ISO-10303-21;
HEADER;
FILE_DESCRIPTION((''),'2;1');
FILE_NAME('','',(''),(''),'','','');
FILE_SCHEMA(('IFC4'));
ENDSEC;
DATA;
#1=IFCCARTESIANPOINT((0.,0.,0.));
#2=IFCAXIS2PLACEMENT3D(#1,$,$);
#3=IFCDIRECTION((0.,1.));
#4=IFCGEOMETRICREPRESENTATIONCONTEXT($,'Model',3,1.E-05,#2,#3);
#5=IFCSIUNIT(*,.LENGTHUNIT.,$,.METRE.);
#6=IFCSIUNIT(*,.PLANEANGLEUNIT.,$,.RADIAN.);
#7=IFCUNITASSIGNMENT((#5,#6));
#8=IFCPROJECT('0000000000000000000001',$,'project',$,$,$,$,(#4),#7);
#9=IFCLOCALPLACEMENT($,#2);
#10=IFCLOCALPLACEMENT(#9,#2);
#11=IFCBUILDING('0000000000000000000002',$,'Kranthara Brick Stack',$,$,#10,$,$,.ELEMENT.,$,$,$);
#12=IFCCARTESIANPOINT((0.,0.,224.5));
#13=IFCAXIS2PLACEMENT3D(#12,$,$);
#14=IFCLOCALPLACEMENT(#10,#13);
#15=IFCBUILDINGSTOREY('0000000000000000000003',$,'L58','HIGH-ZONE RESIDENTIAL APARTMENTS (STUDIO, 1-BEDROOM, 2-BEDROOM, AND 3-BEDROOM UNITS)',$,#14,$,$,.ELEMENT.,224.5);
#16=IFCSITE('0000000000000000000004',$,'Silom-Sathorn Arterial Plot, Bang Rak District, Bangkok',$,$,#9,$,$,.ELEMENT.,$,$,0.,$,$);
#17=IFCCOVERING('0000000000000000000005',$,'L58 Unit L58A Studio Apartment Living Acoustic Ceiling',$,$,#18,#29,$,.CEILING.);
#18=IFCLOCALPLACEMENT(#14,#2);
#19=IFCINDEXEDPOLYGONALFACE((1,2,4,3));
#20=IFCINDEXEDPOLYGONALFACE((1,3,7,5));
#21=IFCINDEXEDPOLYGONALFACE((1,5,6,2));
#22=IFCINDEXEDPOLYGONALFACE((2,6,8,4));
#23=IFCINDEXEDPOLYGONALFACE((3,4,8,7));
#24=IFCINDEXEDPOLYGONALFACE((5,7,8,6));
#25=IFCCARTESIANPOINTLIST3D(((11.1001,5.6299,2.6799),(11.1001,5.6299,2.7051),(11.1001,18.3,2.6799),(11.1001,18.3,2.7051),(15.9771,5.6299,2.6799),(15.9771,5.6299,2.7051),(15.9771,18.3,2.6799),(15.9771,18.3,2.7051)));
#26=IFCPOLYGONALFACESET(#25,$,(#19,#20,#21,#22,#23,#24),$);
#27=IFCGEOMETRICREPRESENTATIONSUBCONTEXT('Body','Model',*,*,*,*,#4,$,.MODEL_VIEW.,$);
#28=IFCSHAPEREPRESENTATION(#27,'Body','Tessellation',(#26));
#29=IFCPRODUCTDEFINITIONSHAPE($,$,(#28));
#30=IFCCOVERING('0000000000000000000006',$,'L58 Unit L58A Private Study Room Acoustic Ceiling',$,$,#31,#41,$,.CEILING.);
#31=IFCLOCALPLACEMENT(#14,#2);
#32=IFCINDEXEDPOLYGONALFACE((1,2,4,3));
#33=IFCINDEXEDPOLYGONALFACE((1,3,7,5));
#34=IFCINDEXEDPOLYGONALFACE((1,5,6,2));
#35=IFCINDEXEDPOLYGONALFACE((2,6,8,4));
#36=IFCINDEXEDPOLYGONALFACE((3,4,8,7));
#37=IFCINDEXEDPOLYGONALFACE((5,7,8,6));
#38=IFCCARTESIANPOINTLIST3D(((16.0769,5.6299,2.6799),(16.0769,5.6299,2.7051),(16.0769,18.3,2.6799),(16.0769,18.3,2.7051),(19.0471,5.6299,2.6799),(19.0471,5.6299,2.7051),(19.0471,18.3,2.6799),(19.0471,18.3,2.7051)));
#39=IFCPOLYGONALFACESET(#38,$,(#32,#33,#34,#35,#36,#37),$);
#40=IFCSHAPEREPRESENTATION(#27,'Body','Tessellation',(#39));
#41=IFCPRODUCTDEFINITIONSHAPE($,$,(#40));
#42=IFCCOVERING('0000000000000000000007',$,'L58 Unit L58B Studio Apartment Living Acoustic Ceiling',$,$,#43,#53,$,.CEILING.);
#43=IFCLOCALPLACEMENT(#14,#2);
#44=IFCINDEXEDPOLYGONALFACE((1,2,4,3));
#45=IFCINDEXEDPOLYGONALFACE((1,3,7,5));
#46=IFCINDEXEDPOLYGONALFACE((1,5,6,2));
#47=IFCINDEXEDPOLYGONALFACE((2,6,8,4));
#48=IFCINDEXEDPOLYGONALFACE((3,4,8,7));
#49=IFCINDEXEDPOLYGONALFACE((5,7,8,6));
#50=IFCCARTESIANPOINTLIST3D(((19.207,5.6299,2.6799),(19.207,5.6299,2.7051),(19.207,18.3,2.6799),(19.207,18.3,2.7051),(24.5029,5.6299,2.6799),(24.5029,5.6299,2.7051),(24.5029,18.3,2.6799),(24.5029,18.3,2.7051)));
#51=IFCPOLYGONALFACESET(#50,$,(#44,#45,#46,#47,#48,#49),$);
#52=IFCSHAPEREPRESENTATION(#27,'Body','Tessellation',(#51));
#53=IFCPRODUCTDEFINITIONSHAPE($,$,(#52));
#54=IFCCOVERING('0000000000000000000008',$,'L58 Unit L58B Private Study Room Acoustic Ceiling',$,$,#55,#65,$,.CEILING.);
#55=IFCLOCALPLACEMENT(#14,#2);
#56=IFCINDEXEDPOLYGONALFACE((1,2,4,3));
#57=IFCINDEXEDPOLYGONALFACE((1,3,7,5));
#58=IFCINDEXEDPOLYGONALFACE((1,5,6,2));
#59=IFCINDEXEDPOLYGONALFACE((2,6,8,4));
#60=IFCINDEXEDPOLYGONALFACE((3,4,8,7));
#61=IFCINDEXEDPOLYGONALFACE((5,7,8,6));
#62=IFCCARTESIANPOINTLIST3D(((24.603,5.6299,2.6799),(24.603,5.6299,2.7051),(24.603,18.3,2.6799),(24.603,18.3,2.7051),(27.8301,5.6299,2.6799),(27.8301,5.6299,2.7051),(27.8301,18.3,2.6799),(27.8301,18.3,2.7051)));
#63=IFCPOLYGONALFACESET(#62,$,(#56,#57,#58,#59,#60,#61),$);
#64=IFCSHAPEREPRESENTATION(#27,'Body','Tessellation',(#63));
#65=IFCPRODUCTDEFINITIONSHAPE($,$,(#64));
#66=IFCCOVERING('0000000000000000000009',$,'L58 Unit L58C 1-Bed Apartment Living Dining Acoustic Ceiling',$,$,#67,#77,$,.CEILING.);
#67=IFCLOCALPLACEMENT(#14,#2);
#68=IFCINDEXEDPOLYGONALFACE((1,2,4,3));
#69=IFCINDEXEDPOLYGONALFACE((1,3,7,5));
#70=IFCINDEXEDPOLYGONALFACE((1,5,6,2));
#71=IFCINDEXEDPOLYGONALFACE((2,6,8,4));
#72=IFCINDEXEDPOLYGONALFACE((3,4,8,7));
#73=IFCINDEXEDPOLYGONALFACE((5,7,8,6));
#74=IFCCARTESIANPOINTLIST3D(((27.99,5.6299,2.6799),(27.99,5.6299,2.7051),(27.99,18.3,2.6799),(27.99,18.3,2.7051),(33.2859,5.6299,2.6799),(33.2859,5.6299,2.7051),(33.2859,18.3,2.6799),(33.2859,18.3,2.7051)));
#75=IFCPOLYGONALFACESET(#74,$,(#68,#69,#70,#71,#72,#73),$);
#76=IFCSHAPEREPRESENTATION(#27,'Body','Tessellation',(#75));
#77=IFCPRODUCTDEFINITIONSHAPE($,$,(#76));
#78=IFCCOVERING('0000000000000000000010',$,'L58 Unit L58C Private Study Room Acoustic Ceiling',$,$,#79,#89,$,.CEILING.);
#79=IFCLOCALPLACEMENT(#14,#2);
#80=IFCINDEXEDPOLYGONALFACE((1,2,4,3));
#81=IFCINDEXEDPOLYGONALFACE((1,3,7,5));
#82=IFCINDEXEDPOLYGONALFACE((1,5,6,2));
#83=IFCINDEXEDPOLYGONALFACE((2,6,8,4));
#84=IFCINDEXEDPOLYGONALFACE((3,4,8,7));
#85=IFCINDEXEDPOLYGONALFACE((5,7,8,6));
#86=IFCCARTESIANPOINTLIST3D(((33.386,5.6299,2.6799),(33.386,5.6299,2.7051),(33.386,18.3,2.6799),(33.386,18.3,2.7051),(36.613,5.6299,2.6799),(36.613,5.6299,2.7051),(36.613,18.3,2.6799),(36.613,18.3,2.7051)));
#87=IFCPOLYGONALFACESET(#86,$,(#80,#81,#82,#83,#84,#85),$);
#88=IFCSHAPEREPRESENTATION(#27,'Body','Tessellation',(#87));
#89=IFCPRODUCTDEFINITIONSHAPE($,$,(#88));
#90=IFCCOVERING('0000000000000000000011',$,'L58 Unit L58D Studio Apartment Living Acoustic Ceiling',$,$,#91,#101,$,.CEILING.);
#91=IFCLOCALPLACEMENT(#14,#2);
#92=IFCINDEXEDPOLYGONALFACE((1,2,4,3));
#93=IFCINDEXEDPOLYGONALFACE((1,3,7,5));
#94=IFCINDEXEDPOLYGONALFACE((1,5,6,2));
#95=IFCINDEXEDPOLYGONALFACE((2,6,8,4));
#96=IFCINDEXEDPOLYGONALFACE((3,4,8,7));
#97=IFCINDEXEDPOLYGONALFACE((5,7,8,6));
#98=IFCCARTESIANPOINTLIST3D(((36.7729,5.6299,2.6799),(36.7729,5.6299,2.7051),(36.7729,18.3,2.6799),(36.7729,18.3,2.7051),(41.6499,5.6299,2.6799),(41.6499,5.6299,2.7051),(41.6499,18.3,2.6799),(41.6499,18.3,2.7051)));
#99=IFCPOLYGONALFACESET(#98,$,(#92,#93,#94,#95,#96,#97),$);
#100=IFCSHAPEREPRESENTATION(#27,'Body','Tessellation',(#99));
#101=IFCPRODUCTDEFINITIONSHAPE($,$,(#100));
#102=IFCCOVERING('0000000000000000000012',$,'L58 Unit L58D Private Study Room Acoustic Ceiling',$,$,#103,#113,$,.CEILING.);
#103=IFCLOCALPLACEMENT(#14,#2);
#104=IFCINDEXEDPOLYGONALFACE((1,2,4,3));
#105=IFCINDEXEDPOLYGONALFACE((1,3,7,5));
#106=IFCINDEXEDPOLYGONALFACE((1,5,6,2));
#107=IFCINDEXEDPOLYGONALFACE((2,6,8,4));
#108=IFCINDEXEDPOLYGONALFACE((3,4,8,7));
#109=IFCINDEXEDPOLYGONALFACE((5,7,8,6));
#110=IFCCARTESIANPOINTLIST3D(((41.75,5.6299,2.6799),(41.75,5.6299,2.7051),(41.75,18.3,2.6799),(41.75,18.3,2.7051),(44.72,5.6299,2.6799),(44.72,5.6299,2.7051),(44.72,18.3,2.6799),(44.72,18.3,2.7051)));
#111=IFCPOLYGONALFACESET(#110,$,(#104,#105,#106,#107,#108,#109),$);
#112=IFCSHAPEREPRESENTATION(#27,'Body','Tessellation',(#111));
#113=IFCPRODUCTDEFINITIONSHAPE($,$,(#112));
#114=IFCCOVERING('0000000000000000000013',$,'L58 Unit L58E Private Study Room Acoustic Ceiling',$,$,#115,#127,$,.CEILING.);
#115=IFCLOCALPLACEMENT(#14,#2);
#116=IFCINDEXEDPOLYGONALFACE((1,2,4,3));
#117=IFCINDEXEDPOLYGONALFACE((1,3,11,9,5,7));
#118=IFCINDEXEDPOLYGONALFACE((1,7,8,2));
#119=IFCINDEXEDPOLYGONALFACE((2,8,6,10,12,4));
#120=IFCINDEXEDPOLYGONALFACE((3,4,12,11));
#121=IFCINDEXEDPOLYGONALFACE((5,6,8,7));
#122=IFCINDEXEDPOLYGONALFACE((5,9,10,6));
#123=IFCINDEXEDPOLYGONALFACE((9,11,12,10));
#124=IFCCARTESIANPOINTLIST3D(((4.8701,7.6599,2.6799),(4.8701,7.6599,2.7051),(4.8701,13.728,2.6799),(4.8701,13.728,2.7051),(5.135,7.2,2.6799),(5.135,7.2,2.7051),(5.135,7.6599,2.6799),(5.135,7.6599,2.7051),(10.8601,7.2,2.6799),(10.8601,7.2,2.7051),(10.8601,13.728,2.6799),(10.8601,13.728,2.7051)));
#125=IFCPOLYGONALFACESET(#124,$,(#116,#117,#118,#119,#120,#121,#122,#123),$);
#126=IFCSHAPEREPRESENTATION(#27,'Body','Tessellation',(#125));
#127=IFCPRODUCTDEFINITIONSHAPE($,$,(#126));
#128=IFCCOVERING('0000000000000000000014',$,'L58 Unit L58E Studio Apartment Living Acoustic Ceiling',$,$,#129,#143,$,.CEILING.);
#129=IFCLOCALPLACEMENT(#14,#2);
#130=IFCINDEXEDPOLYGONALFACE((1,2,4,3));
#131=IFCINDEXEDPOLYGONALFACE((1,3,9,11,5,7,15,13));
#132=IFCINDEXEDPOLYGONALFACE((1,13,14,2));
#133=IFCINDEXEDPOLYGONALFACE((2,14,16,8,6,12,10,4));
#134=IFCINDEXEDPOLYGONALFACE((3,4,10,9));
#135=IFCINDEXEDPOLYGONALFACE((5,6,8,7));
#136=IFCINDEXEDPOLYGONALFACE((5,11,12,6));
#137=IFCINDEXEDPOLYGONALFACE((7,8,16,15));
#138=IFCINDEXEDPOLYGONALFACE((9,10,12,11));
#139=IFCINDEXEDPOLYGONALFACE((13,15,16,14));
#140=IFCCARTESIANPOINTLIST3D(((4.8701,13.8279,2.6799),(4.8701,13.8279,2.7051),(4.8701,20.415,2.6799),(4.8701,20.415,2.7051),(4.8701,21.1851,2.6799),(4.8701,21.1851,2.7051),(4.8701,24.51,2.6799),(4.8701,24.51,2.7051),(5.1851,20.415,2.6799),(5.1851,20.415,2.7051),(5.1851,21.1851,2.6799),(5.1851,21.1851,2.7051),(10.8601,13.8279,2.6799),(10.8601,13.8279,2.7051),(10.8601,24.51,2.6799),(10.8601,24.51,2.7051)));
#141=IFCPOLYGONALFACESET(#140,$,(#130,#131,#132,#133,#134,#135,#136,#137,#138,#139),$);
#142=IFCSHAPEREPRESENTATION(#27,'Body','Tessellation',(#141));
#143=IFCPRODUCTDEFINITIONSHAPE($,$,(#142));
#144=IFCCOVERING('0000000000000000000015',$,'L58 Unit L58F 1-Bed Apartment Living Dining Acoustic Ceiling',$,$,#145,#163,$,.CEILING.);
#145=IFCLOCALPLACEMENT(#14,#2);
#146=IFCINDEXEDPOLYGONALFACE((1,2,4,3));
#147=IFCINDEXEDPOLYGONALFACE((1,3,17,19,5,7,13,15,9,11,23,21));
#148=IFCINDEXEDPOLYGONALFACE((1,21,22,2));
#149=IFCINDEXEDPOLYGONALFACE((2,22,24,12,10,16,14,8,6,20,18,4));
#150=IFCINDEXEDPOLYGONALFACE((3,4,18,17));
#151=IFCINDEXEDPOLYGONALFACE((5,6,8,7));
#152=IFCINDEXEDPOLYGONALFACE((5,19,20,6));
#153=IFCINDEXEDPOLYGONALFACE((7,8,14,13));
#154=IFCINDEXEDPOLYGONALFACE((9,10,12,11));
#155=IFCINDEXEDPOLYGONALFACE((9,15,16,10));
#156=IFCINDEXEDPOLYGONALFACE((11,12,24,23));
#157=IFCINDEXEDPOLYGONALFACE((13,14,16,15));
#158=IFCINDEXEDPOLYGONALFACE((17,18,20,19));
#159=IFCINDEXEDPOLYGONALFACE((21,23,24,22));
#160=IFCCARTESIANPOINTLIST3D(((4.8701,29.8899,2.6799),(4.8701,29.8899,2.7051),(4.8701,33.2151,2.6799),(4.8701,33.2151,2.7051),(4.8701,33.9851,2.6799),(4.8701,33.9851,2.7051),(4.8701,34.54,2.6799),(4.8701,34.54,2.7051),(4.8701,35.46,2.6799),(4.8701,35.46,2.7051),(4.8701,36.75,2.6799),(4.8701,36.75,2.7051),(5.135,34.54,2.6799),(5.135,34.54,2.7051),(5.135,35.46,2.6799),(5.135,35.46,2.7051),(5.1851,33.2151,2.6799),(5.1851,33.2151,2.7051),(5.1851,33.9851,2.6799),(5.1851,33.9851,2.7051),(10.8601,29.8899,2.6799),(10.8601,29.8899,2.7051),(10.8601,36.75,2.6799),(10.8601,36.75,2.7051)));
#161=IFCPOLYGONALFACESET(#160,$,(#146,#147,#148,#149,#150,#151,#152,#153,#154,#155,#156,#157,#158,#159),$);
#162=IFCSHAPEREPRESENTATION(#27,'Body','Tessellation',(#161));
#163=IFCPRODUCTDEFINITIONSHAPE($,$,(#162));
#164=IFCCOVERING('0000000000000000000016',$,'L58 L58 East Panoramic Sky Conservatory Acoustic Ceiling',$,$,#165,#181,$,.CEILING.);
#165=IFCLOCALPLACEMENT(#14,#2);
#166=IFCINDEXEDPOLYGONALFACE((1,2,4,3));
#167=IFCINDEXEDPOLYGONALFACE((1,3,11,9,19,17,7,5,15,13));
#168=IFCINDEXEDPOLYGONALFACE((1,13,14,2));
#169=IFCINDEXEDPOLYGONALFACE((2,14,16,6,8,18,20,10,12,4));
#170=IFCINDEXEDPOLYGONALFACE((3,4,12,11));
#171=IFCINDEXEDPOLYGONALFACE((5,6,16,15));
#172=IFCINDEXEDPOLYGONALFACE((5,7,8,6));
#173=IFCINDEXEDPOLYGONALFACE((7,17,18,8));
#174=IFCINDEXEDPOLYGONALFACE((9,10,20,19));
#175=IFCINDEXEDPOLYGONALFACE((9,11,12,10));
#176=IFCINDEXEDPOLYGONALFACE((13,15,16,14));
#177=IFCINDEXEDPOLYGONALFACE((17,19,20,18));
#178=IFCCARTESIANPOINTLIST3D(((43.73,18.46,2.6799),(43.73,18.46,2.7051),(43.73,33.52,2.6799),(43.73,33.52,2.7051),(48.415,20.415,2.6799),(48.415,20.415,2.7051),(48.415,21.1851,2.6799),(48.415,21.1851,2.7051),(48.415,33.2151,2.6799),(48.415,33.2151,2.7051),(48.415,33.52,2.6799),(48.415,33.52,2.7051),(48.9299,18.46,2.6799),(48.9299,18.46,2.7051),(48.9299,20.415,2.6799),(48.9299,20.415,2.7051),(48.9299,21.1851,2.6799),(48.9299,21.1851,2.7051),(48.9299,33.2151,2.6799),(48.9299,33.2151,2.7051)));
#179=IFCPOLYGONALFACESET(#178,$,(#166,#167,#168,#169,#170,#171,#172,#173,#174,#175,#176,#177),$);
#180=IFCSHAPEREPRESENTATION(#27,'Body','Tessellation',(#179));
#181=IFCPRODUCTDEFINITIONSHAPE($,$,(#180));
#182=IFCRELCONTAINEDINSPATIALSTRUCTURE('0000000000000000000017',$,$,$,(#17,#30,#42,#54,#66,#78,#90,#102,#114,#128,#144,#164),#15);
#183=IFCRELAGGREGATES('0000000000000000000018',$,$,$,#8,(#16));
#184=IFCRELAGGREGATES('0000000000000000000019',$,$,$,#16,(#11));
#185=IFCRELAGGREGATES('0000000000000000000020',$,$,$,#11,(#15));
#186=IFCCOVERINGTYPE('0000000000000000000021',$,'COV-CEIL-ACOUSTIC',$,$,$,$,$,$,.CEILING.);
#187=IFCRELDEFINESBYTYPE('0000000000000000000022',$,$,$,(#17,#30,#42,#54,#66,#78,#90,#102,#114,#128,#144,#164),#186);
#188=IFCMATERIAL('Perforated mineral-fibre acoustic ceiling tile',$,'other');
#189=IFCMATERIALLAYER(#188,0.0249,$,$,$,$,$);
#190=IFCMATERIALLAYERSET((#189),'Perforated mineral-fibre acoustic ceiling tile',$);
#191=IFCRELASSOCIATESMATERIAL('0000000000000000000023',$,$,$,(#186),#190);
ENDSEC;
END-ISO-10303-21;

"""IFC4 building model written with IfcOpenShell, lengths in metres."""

from ifc_helpers import new_model, si_unit, direction, frame, origin, place, context, subcontext, project, spatial, polyline, outline, extrude, material, layer, layer_set, type_object, element, save


model = new_model("IFC4")

# Units and contexts
model_context = context("Model", 3, precision=1e-05, world=origin(), true_north=direction((0.0, 1.0)))
body_context = subcontext(model_context, "Body", "Model", "MODEL_VIEW")
ifc_project = project(units=[si_unit("LENGTHUNIT", "METRE"), si_unit("PLANEANGLEUNIT", "RADIAN")], contexts=[model_context])

# Site, building, storey
site_placement = place(None, origin())
site = spatial("IfcSite", under=ifc_project, at=site_placement, Name="Silom-Sathorn Arterial Plot, Bang Rak District, Bangkok", CompositionType="ELEMENT", RefElevation=0.0)
building_placement = place(site_placement, origin())
building = spatial("IfcBuilding", under=site, at=building_placement, Name="Kranthara Brick Stack", CompositionType="ELEMENT")
storey_placement = place(building_placement, frame((0.0, 0.0, 224.5)))
storey = spatial("IfcBuildingStorey", under=building, at=storey_placement, Name="L58", Description="HIGH-ZONE RESIDENTIAL APARTMENTS (STUDIO, 1-BEDROOM, 2-BEDROOM, AND 3-BEDROOM UNITS)", CompositionType="ELEMENT", Elevation=224.5)

# Coverings
ifc_material_1 = material(Name="Perforated mineral-fibre acoustic ceiling tile", Category="other")
ifc_layer_1 = layer(ifc_material_1, 0.0249)
ifc_layer_set_1 = layer_set([ifc_layer_1], Name="Perforated mineral-fibre acoustic ceiling tile")
covering_type = type_object("IfcCoveringType", Name="COV-CEIL-ACOUSTIC", PredefinedType="CEILING", material=ifc_layer_set_1)
covering_1_placement = place(storey_placement, frame((0.0, 0.0, 2.6799)))
element("IfcCovering", 1, at=covering_1_placement, inside=storey, type_object=covering_type, Name="L58 Unit L58A Studio Apartment Living Acoustic Ceiling", PredefinedType="CEILING", context=body_context, shape_type="SweptSolid", body=[
    extrude(outline(polyline([(15.9771, 5.6299), (15.9771, 18.3), (11.1001, 18.3), (11.1001, 5.6299), (15.9771, 5.6299)])), origin(), (0.0, 0.0, 1.0), 0.0251),
])
covering_2_placement = place(storey_placement, frame((0.0, 0.0, 2.6799)))
element("IfcCovering", 2, at=covering_2_placement, inside=storey, type_object=covering_type, Name="L58 Unit L58A Private Study Room Acoustic Ceiling", PredefinedType="CEILING", context=body_context, shape_type="SweptSolid", body=[
    extrude(outline(polyline([(19.0471, 5.6299), (19.0471, 18.3), (16.0769, 18.3), (16.0769, 5.6299), (19.0471, 5.6299)])), origin(), (0.0, 0.0, 1.0), 0.0251),
])
covering_3_placement = place(storey_placement, frame((0.0, 0.0, 2.6799)))
element("IfcCovering", 3, at=covering_3_placement, inside=storey, type_object=covering_type, Name="L58 Unit L58B Studio Apartment Living Acoustic Ceiling", PredefinedType="CEILING", context=body_context, shape_type="SweptSolid", body=[
    extrude(outline(polyline([(24.5029, 5.6299), (24.5029, 18.3), (19.207, 18.3), (19.207, 5.6299), (24.5029, 5.6299)])), origin(), (0.0, 0.0, 1.0), 0.0251),
])
covering_4_placement = place(storey_placement, frame((0.0, 0.0, 2.6799)))
element("IfcCovering", 4, at=covering_4_placement, inside=storey, type_object=covering_type, Name="L58 Unit L58B Private Study Room Acoustic Ceiling", PredefinedType="CEILING", context=body_context, shape_type="SweptSolid", body=[
    extrude(outline(polyline([(27.8301, 5.6299), (27.8301, 18.3), (24.603, 18.3), (24.603, 5.6299), (27.8301, 5.6299)])), origin(), (0.0, 0.0, 1.0), 0.0251),
])
covering_5_placement = place(storey_placement, frame((0.0, 0.0, 2.6799)))
element("IfcCovering", 5, at=covering_5_placement, inside=storey, type_object=covering_type, Name="L58 Unit L58C 1-Bed Apartment Living Dining Acoustic Ceiling", PredefinedType="CEILING", context=body_context, shape_type="SweptSolid", body=[
    extrude(outline(polyline([(33.2859, 5.6299), (33.2859, 18.3), (27.99, 18.3), (27.99, 5.6299), (33.2859, 5.6299)])), origin(), (0.0, 0.0, 1.0), 0.0251),
])
covering_6_placement = place(storey_placement, frame((0.0, 0.0, 2.6799)))
element("IfcCovering", 6, at=covering_6_placement, inside=storey, type_object=covering_type, Name="L58 Unit L58C Private Study Room Acoustic Ceiling", PredefinedType="CEILING", context=body_context, shape_type="SweptSolid", body=[
    extrude(outline(polyline([(36.613, 5.6299), (36.613, 18.3), (33.386, 18.3), (33.386, 5.6299), (36.613, 5.6299)])), origin(), (0.0, 0.0, 1.0), 0.0251),
])
covering_7_placement = place(storey_placement, frame((0.0, 0.0, 2.6799)))
element("IfcCovering", 7, at=covering_7_placement, inside=storey, type_object=covering_type, Name="L58 Unit L58D Studio Apartment Living Acoustic Ceiling", PredefinedType="CEILING", context=body_context, shape_type="SweptSolid", body=[
    extrude(outline(polyline([(41.6499, 5.6299), (41.6499, 18.3), (36.7729, 18.3), (36.7729, 5.6299), (41.6499, 5.6299)])), origin(), (0.0, 0.0, 1.0), 0.0251),
])
covering_8_placement = place(storey_placement, frame((0.0, 0.0, 2.6799)))
element("IfcCovering", 8, at=covering_8_placement, inside=storey, type_object=covering_type, Name="L58 Unit L58D Private Study Room Acoustic Ceiling", PredefinedType="CEILING", context=body_context, shape_type="SweptSolid", body=[
    extrude(outline(polyline([(44.72, 5.6299), (44.72, 18.3), (41.75, 18.3), (41.75, 5.6299), (44.72, 5.6299)])), origin(), (0.0, 0.0, 1.0), 0.0251),
])
covering_9_placement = place(storey_placement, frame((0.0, 0.0, 2.6799)))
element("IfcCovering", 9, at=covering_9_placement, inside=storey, type_object=covering_type, Name="L58 Unit L58E Private Study Room Acoustic Ceiling", PredefinedType="CEILING", context=body_context, shape_type="SweptSolid", body=[
    extrude(outline(polyline([(4.8701, 13.728), (10.8601, 13.728), (10.8601, 7.2), (5.135, 7.2), (5.135, 7.6599), (4.8701, 7.6599), (4.8701, 13.728)])), origin(), (0.0, 0.0, 1.0), 0.0251),
])
covering_10_placement = place(storey_placement, frame((0.0, 0.0, 2.6799)))
element("IfcCovering", 10, at=covering_10_placement, inside=storey, type_object=covering_type, Name="L58 Unit L58E Studio Apartment Living Acoustic Ceiling", PredefinedType="CEILING", context=body_context, shape_type="SweptSolid", body=[
    extrude(outline(polyline([(4.8701, 24.51), (10.8601, 24.51), (10.8601, 13.8279), (4.8701, 13.8279), (4.8701, 20.415), (5.1851, 20.415), (5.1851, 21.1851), (4.8701, 21.1851), (4.8701, 24.51)])), origin(), (0.0, 0.0, 1.0), 0.0251),
])
covering_11_placement = place(storey_placement, frame((0.0, 0.0, 2.6799)))
element("IfcCovering", 11, at=covering_11_placement, inside=storey, type_object=covering_type, Name="L58 Unit L58F 1-Bed Apartment Living Dining Acoustic Ceiling", PredefinedType="CEILING", context=body_context, shape_type="SweptSolid", body=[
    extrude(outline(polyline([(10.8601, 36.75), (10.8601, 29.8899), (4.8701, 29.8899), (4.8701, 33.2151), (5.1851, 33.2151), (5.1851, 33.9851), (4.8701, 33.9851), (4.8701, 34.54), (5.135, 34.54), (5.135, 35.46), (4.8701, 35.46), (4.8701, 36.75), (10.8601, 36.75)])), origin(), (0.0, 0.0, 1.0), 0.0251),
])
covering_12_placement = place(storey_placement, frame((0.0, 0.0, 2.6799)))
element("IfcCovering", 12, at=covering_12_placement, inside=storey, type_object=covering_type, Name="L58 L58 East Panoramic Sky Conservatory Acoustic Ceiling", PredefinedType="CEILING", context=body_context, shape_type="SweptSolid", body=[
    extrude(outline(polyline([(43.73, 18.46), (43.73, 33.52), (48.415, 33.52), (48.415, 33.2151), (48.9299, 33.2151), (48.9299, 21.1851), (48.415, 21.1851), (48.415, 20.415), (48.9299, 20.415), (48.9299, 18.46), (43.73, 18.46)])), origin(), (0.0, 0.0, 1.0), 0.0251),
])

save(model, "model.ifc")
